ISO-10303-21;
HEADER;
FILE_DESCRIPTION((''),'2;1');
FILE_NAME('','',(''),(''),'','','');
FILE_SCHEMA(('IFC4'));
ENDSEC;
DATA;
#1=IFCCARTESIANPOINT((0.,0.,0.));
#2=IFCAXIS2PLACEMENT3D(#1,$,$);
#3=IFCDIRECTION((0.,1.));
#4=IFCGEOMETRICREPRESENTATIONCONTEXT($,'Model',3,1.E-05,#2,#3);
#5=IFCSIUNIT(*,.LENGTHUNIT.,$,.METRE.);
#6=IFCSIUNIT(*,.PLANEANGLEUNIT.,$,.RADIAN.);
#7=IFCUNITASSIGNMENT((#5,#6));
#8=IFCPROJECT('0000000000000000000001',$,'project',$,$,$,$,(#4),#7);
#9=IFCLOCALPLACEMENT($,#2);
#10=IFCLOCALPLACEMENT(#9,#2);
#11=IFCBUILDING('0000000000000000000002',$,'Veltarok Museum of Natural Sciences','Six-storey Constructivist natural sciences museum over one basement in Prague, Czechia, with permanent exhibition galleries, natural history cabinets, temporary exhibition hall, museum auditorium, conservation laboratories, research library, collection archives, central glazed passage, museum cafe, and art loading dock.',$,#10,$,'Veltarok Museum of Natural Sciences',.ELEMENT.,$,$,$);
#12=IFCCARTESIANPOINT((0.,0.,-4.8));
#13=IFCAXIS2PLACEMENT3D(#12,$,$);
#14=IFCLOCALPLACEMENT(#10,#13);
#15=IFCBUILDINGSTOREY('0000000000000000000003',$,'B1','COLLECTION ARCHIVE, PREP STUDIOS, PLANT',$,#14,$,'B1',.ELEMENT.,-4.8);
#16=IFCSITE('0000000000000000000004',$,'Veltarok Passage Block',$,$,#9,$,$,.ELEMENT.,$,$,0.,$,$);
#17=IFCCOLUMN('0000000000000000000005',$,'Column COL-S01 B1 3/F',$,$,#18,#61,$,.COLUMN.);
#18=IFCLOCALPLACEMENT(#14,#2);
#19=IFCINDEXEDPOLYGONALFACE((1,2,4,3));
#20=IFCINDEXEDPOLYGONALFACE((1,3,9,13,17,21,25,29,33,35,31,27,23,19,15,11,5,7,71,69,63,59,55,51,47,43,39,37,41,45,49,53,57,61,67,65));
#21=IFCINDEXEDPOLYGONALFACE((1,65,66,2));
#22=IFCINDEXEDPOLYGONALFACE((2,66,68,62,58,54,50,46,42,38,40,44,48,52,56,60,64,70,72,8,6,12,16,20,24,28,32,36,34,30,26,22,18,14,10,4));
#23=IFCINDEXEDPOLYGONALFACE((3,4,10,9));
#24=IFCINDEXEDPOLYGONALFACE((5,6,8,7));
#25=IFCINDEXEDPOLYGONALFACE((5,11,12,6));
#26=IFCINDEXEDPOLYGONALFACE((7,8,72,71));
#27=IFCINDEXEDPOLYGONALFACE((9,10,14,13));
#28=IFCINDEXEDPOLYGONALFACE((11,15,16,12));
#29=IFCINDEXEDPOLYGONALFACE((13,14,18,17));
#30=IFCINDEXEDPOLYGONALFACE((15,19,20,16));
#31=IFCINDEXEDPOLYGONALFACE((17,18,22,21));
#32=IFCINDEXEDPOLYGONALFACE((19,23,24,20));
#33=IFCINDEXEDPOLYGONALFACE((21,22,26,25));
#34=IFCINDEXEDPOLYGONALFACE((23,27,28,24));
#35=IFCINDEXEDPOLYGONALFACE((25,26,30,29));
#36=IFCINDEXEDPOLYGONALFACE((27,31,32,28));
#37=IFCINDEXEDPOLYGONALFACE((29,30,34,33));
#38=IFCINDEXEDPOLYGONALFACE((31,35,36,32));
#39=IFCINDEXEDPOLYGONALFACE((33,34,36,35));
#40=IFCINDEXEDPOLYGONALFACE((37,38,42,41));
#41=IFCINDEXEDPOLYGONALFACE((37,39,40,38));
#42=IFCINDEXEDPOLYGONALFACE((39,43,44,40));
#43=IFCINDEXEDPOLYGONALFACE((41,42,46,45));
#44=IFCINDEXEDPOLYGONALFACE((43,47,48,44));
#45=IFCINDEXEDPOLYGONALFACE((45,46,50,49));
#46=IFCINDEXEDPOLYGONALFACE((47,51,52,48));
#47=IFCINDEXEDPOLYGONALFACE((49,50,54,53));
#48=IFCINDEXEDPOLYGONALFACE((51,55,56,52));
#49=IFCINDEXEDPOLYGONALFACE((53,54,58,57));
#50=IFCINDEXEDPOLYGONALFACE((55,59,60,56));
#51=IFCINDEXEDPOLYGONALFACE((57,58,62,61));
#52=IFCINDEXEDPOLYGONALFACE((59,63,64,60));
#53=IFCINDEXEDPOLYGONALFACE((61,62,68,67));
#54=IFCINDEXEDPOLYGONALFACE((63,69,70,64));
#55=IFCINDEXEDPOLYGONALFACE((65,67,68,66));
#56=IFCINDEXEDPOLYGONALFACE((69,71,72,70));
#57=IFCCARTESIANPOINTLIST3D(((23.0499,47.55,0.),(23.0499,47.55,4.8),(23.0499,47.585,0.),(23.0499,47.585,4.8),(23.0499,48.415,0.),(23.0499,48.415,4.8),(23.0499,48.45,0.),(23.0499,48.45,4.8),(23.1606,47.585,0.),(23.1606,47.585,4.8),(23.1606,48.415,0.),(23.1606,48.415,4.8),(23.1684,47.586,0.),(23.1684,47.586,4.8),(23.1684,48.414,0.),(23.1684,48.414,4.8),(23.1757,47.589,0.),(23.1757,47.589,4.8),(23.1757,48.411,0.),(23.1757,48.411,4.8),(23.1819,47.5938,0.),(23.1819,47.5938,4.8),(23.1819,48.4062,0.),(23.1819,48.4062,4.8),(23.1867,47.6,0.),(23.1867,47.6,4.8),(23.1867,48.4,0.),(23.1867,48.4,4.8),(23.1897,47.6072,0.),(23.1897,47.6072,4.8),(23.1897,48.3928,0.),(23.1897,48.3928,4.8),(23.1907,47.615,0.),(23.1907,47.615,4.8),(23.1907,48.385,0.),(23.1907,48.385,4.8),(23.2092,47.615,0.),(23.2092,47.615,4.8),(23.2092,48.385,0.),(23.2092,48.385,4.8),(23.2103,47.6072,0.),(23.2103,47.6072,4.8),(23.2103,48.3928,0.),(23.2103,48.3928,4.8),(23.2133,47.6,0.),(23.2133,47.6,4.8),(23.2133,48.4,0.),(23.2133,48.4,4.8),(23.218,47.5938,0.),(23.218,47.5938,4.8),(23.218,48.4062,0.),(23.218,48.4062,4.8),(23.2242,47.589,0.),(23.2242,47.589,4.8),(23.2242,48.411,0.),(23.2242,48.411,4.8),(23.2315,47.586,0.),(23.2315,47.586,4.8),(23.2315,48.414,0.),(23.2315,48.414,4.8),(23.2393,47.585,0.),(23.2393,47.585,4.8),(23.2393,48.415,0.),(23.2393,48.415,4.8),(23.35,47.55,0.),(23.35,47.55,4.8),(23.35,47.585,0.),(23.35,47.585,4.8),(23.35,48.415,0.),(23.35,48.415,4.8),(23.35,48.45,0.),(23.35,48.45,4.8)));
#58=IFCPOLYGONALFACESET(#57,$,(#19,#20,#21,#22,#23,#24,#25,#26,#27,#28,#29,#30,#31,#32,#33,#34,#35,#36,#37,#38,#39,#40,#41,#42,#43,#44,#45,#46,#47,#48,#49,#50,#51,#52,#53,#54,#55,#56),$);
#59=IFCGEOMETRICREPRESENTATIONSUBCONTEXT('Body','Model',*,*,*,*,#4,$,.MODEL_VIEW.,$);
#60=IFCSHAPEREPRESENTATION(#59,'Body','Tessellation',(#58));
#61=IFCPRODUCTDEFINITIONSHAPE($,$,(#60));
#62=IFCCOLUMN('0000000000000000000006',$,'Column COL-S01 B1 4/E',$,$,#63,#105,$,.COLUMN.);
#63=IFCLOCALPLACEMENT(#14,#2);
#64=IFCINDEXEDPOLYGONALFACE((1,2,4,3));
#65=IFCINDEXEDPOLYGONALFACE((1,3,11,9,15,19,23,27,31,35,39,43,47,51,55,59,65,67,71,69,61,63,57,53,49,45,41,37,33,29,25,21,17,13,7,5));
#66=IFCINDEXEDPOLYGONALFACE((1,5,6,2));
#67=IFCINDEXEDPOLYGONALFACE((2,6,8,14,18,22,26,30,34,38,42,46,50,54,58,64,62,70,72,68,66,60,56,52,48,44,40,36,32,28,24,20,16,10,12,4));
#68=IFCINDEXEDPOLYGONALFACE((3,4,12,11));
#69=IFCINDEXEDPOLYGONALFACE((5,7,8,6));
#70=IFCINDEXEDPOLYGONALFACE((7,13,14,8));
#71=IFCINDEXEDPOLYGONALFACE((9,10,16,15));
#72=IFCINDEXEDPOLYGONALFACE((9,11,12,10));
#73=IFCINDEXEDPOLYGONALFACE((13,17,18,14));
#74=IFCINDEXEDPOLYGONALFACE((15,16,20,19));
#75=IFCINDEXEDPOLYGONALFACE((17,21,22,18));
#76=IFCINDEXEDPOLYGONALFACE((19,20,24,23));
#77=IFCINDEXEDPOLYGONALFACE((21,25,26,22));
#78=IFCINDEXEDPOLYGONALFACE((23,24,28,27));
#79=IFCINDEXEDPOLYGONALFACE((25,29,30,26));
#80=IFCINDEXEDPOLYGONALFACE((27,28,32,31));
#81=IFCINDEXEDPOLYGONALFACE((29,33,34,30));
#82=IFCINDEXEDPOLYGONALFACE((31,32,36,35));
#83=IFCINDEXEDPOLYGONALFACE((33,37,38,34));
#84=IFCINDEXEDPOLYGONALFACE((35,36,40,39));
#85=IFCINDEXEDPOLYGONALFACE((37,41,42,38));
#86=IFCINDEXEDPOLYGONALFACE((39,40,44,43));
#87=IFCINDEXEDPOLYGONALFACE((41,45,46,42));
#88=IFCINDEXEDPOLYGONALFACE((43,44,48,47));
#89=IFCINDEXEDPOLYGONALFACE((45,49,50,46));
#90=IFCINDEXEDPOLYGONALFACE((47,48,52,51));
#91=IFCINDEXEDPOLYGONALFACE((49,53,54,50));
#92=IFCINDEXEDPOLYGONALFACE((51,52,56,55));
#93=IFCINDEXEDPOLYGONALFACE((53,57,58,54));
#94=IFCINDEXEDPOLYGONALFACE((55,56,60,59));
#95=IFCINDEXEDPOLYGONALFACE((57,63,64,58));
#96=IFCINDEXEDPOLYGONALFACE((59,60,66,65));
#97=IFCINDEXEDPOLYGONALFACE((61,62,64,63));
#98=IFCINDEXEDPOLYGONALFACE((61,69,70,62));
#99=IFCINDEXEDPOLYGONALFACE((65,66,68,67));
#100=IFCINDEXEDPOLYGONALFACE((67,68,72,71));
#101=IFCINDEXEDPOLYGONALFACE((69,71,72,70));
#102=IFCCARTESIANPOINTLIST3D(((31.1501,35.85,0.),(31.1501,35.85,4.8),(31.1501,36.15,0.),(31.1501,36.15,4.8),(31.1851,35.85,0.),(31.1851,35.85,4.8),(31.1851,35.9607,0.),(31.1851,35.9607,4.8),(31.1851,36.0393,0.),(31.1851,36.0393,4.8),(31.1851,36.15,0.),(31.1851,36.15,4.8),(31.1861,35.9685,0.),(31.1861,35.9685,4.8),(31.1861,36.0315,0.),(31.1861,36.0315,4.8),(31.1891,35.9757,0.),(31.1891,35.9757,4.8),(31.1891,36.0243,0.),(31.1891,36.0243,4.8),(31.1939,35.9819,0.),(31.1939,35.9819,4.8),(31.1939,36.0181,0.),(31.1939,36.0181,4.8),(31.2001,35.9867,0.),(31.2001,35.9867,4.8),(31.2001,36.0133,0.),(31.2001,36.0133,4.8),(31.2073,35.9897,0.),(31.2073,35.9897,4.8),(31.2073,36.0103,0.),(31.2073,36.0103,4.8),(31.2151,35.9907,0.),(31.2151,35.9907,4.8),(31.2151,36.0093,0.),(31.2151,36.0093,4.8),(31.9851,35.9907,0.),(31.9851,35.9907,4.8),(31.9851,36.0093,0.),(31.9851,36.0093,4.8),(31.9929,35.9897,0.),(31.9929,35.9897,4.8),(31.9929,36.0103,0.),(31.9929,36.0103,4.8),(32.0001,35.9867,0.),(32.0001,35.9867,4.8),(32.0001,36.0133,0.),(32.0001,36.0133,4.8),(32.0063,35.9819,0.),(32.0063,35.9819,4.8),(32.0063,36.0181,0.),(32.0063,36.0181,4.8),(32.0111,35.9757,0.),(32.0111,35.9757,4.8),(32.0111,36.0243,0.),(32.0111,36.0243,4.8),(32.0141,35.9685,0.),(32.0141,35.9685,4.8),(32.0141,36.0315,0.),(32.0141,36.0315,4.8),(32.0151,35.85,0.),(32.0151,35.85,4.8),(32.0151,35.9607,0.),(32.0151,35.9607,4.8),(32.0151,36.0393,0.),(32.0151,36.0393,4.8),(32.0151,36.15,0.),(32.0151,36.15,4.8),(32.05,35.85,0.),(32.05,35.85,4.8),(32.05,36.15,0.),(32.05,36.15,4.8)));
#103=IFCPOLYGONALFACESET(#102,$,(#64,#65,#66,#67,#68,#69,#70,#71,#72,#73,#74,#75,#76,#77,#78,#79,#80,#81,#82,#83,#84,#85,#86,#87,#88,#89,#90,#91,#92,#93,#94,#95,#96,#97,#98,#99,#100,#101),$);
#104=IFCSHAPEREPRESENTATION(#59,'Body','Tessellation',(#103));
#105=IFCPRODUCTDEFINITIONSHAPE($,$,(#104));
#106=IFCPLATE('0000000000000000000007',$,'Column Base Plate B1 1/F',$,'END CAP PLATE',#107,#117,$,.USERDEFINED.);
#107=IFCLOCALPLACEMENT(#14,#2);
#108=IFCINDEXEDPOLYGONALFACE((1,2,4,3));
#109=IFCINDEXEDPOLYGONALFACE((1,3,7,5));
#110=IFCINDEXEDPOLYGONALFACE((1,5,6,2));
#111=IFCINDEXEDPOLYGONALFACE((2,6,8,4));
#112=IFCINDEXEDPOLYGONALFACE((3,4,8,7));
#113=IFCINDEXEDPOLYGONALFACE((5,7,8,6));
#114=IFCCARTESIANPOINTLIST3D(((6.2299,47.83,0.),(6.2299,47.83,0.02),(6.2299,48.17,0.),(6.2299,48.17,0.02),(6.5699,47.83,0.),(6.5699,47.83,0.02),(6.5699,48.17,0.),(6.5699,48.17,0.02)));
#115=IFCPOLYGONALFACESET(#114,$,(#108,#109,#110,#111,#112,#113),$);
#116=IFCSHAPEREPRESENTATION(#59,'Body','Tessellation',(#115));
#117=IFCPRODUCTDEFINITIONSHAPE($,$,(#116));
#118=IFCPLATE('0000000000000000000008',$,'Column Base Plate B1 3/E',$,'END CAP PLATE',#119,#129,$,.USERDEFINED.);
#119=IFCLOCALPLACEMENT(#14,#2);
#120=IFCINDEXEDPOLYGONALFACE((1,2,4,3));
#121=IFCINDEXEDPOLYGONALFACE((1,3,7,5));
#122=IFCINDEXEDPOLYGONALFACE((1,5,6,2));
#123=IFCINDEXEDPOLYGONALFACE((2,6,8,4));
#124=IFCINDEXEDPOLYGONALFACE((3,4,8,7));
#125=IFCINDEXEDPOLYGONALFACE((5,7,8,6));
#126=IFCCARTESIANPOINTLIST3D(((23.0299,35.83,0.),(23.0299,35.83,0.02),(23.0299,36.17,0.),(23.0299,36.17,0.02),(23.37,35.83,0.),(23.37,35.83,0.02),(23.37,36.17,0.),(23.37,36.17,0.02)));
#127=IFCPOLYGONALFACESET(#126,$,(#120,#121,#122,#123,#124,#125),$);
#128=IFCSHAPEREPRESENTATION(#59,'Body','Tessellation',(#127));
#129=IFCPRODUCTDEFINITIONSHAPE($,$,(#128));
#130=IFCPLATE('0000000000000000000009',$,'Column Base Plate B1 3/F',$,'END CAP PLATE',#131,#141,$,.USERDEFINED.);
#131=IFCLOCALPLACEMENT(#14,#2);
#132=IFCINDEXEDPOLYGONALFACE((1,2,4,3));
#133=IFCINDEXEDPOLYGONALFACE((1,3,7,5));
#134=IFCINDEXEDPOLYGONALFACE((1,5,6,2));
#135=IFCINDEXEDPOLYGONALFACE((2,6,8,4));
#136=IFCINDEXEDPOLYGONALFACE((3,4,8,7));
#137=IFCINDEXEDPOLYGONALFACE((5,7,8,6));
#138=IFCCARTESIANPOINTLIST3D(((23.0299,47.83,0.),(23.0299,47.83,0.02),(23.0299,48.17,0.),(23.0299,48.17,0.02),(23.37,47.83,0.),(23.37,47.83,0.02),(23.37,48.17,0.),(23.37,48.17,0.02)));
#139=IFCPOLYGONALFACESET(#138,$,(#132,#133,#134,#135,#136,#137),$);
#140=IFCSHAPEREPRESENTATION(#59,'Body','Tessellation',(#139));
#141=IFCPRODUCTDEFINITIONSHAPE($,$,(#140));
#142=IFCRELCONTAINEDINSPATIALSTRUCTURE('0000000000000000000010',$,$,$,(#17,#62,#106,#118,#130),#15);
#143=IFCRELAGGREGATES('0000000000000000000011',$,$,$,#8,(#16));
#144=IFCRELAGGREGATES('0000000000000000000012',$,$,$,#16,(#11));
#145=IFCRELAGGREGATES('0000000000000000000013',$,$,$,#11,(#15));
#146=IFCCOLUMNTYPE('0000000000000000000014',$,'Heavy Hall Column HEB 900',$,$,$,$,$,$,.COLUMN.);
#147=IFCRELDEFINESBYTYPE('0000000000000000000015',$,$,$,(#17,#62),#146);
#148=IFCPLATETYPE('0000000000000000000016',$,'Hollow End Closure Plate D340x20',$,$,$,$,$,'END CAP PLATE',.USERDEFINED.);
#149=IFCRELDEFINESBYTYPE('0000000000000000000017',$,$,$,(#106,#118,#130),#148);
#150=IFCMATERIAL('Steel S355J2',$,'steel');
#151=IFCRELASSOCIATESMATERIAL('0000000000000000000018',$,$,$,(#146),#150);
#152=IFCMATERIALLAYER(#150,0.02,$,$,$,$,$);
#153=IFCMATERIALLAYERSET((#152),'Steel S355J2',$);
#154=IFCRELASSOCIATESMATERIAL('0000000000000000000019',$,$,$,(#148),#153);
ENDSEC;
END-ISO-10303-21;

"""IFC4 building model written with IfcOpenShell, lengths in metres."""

from ifc_helpers import new_model, si_unit, direction, frame, origin, origin_2d, place, context, subcontext, project, spatial, rectangle, i_section, extrude, material, layer, layer_set, material_profile, profile_set, type_object, element, save


model = new_model("IFC4")

# Units and contexts
model_context = context("Model", 3, precision=1e-05, world=origin(), true_north=direction((0.0, 1.0)))
body_context = subcontext(model_context, "Body", "Model", "MODEL_VIEW")
ifc_project = project(units=[si_unit("LENGTHUNIT", "METRE"), si_unit("PLANEANGLEUNIT", "RADIAN")], contexts=[model_context])

# Site, building, storey
site_placement = place(None, origin())
site = spatial("IfcSite", under=ifc_project, at=site_placement, Name="Veltarok Passage Block", CompositionType="ELEMENT", RefElevation=0.0)
building_placement = place(site_placement, origin())
building = spatial("IfcBuilding", under=site, at=building_placement, Name="Veltarok Museum of Natural Sciences", Description="Six-storey Constructivist natural sciences museum over one basement in Prague, Czechia, with permanent exhibition galleries, natural history cabinets, temporary exhibition hall, museum auditorium, conservation laboratories, research library, collection archives, central glazed passage, museum cafe, and art loading dock.", LongName="Veltarok Museum of Natural Sciences", CompositionType="ELEMENT")
storey_placement = place(building_placement, frame((0.0, 0.0, -4.8)))
storey = spatial("IfcBuildingStorey", under=building, at=storey_placement, Name="B1", Description="COLLECTION ARCHIVE, PREP STUDIOS, PLANT", LongName="B1", CompositionType="ELEMENT", Elevation=-4.8)

# Columns
ifc_material_1 = material(Name="Steel S355J2", Category="steel")
ifc_material_profile_1 = material_profile(ifc_material_1, i_section(OverallWidth=0.3, OverallDepth=0.8999, WebThickness=0.0186, FlangeThickness=0.0349, FilletRadius=0.03, at=origin_2d()), Name="HEB 900")
ifc_profile_set_1 = profile_set([ifc_material_profile_1], Name="Steel S355J2")
column_type = type_object("IfcColumnType", Name="Heavy Hall Column HEB 900", PredefinedType="COLUMN", material=ifc_profile_set_1)
for number, where, z_axis, x_axis, name in (
    (1, (23.2, 48.0, 0.0), (0.0, 0.0, 1.0), (1.0, 0.0, 0.0), "Column COL-S01 B1 3/F"),
    (2, (31.6001, 36.0, 0.0), (0.0, 0.0, 1.0), (0.0, 1.0, 0.0), "Column COL-S01 B1 4/E"),
):
    element("IfcColumn", number, at=place(storey_placement, frame(where, z_axis=z_axis, x_axis=x_axis)), inside=storey, type_object=column_type, Name=name, PredefinedType="COLUMN", context=body_context, shape_type="SweptSolid", body=[
        extrude(i_section(OverallWidth=0.3, OverallDepth=0.8999, WebThickness=0.0186, FlangeThickness=0.0349, FilletRadius=0.03, at=origin_2d()), origin(), (0.0, 0.0, 1.0), 4.8),
    ])

# Plates
ifc_layer = layer(ifc_material_1, 0.02)
ifc_layer_set = layer_set([ifc_layer], Name="Steel S355J2")
plate_type = type_object("IfcPlateType", Name="Hollow End Closure Plate D340x20", ElementType="END CAP PLATE", PredefinedType="USERDEFINED", material=ifc_layer_set)
for number, where, z_axis, x_axis, name in (
    (3, (6.3999, 48.0, 0.0), (0.0, 0.0, 1.0), (1.0, 0.0, 0.0), "Column Base Plate B1 1/F"),
    (4, (23.2, 36.0, 0.0), (0.0, 0.0, 1.0), (1.0, 0.0, 0.0), "Column Base Plate B1 3/E"),
    (5, (23.2, 48.0, 0.0), (0.0, 0.0, 1.0), (1.0, 0.0, 0.0), "Column Base Plate B1 3/F"),
):
    element("IfcPlate", number, at=place(storey_placement, frame(where, z_axis=z_axis, x_axis=x_axis)), inside=storey, type_object=plate_type, Name=name, ObjectType="END CAP PLATE", PredefinedType="USERDEFINED", context=body_context, shape_type="SweptSolid", body=[
        extrude(rectangle(XDim=0.3401, YDim=0.3401, at=origin_2d()), origin(), (0.0, 0.0, 1.0), 0.02),
    ])

save(model, "model.ifc")
